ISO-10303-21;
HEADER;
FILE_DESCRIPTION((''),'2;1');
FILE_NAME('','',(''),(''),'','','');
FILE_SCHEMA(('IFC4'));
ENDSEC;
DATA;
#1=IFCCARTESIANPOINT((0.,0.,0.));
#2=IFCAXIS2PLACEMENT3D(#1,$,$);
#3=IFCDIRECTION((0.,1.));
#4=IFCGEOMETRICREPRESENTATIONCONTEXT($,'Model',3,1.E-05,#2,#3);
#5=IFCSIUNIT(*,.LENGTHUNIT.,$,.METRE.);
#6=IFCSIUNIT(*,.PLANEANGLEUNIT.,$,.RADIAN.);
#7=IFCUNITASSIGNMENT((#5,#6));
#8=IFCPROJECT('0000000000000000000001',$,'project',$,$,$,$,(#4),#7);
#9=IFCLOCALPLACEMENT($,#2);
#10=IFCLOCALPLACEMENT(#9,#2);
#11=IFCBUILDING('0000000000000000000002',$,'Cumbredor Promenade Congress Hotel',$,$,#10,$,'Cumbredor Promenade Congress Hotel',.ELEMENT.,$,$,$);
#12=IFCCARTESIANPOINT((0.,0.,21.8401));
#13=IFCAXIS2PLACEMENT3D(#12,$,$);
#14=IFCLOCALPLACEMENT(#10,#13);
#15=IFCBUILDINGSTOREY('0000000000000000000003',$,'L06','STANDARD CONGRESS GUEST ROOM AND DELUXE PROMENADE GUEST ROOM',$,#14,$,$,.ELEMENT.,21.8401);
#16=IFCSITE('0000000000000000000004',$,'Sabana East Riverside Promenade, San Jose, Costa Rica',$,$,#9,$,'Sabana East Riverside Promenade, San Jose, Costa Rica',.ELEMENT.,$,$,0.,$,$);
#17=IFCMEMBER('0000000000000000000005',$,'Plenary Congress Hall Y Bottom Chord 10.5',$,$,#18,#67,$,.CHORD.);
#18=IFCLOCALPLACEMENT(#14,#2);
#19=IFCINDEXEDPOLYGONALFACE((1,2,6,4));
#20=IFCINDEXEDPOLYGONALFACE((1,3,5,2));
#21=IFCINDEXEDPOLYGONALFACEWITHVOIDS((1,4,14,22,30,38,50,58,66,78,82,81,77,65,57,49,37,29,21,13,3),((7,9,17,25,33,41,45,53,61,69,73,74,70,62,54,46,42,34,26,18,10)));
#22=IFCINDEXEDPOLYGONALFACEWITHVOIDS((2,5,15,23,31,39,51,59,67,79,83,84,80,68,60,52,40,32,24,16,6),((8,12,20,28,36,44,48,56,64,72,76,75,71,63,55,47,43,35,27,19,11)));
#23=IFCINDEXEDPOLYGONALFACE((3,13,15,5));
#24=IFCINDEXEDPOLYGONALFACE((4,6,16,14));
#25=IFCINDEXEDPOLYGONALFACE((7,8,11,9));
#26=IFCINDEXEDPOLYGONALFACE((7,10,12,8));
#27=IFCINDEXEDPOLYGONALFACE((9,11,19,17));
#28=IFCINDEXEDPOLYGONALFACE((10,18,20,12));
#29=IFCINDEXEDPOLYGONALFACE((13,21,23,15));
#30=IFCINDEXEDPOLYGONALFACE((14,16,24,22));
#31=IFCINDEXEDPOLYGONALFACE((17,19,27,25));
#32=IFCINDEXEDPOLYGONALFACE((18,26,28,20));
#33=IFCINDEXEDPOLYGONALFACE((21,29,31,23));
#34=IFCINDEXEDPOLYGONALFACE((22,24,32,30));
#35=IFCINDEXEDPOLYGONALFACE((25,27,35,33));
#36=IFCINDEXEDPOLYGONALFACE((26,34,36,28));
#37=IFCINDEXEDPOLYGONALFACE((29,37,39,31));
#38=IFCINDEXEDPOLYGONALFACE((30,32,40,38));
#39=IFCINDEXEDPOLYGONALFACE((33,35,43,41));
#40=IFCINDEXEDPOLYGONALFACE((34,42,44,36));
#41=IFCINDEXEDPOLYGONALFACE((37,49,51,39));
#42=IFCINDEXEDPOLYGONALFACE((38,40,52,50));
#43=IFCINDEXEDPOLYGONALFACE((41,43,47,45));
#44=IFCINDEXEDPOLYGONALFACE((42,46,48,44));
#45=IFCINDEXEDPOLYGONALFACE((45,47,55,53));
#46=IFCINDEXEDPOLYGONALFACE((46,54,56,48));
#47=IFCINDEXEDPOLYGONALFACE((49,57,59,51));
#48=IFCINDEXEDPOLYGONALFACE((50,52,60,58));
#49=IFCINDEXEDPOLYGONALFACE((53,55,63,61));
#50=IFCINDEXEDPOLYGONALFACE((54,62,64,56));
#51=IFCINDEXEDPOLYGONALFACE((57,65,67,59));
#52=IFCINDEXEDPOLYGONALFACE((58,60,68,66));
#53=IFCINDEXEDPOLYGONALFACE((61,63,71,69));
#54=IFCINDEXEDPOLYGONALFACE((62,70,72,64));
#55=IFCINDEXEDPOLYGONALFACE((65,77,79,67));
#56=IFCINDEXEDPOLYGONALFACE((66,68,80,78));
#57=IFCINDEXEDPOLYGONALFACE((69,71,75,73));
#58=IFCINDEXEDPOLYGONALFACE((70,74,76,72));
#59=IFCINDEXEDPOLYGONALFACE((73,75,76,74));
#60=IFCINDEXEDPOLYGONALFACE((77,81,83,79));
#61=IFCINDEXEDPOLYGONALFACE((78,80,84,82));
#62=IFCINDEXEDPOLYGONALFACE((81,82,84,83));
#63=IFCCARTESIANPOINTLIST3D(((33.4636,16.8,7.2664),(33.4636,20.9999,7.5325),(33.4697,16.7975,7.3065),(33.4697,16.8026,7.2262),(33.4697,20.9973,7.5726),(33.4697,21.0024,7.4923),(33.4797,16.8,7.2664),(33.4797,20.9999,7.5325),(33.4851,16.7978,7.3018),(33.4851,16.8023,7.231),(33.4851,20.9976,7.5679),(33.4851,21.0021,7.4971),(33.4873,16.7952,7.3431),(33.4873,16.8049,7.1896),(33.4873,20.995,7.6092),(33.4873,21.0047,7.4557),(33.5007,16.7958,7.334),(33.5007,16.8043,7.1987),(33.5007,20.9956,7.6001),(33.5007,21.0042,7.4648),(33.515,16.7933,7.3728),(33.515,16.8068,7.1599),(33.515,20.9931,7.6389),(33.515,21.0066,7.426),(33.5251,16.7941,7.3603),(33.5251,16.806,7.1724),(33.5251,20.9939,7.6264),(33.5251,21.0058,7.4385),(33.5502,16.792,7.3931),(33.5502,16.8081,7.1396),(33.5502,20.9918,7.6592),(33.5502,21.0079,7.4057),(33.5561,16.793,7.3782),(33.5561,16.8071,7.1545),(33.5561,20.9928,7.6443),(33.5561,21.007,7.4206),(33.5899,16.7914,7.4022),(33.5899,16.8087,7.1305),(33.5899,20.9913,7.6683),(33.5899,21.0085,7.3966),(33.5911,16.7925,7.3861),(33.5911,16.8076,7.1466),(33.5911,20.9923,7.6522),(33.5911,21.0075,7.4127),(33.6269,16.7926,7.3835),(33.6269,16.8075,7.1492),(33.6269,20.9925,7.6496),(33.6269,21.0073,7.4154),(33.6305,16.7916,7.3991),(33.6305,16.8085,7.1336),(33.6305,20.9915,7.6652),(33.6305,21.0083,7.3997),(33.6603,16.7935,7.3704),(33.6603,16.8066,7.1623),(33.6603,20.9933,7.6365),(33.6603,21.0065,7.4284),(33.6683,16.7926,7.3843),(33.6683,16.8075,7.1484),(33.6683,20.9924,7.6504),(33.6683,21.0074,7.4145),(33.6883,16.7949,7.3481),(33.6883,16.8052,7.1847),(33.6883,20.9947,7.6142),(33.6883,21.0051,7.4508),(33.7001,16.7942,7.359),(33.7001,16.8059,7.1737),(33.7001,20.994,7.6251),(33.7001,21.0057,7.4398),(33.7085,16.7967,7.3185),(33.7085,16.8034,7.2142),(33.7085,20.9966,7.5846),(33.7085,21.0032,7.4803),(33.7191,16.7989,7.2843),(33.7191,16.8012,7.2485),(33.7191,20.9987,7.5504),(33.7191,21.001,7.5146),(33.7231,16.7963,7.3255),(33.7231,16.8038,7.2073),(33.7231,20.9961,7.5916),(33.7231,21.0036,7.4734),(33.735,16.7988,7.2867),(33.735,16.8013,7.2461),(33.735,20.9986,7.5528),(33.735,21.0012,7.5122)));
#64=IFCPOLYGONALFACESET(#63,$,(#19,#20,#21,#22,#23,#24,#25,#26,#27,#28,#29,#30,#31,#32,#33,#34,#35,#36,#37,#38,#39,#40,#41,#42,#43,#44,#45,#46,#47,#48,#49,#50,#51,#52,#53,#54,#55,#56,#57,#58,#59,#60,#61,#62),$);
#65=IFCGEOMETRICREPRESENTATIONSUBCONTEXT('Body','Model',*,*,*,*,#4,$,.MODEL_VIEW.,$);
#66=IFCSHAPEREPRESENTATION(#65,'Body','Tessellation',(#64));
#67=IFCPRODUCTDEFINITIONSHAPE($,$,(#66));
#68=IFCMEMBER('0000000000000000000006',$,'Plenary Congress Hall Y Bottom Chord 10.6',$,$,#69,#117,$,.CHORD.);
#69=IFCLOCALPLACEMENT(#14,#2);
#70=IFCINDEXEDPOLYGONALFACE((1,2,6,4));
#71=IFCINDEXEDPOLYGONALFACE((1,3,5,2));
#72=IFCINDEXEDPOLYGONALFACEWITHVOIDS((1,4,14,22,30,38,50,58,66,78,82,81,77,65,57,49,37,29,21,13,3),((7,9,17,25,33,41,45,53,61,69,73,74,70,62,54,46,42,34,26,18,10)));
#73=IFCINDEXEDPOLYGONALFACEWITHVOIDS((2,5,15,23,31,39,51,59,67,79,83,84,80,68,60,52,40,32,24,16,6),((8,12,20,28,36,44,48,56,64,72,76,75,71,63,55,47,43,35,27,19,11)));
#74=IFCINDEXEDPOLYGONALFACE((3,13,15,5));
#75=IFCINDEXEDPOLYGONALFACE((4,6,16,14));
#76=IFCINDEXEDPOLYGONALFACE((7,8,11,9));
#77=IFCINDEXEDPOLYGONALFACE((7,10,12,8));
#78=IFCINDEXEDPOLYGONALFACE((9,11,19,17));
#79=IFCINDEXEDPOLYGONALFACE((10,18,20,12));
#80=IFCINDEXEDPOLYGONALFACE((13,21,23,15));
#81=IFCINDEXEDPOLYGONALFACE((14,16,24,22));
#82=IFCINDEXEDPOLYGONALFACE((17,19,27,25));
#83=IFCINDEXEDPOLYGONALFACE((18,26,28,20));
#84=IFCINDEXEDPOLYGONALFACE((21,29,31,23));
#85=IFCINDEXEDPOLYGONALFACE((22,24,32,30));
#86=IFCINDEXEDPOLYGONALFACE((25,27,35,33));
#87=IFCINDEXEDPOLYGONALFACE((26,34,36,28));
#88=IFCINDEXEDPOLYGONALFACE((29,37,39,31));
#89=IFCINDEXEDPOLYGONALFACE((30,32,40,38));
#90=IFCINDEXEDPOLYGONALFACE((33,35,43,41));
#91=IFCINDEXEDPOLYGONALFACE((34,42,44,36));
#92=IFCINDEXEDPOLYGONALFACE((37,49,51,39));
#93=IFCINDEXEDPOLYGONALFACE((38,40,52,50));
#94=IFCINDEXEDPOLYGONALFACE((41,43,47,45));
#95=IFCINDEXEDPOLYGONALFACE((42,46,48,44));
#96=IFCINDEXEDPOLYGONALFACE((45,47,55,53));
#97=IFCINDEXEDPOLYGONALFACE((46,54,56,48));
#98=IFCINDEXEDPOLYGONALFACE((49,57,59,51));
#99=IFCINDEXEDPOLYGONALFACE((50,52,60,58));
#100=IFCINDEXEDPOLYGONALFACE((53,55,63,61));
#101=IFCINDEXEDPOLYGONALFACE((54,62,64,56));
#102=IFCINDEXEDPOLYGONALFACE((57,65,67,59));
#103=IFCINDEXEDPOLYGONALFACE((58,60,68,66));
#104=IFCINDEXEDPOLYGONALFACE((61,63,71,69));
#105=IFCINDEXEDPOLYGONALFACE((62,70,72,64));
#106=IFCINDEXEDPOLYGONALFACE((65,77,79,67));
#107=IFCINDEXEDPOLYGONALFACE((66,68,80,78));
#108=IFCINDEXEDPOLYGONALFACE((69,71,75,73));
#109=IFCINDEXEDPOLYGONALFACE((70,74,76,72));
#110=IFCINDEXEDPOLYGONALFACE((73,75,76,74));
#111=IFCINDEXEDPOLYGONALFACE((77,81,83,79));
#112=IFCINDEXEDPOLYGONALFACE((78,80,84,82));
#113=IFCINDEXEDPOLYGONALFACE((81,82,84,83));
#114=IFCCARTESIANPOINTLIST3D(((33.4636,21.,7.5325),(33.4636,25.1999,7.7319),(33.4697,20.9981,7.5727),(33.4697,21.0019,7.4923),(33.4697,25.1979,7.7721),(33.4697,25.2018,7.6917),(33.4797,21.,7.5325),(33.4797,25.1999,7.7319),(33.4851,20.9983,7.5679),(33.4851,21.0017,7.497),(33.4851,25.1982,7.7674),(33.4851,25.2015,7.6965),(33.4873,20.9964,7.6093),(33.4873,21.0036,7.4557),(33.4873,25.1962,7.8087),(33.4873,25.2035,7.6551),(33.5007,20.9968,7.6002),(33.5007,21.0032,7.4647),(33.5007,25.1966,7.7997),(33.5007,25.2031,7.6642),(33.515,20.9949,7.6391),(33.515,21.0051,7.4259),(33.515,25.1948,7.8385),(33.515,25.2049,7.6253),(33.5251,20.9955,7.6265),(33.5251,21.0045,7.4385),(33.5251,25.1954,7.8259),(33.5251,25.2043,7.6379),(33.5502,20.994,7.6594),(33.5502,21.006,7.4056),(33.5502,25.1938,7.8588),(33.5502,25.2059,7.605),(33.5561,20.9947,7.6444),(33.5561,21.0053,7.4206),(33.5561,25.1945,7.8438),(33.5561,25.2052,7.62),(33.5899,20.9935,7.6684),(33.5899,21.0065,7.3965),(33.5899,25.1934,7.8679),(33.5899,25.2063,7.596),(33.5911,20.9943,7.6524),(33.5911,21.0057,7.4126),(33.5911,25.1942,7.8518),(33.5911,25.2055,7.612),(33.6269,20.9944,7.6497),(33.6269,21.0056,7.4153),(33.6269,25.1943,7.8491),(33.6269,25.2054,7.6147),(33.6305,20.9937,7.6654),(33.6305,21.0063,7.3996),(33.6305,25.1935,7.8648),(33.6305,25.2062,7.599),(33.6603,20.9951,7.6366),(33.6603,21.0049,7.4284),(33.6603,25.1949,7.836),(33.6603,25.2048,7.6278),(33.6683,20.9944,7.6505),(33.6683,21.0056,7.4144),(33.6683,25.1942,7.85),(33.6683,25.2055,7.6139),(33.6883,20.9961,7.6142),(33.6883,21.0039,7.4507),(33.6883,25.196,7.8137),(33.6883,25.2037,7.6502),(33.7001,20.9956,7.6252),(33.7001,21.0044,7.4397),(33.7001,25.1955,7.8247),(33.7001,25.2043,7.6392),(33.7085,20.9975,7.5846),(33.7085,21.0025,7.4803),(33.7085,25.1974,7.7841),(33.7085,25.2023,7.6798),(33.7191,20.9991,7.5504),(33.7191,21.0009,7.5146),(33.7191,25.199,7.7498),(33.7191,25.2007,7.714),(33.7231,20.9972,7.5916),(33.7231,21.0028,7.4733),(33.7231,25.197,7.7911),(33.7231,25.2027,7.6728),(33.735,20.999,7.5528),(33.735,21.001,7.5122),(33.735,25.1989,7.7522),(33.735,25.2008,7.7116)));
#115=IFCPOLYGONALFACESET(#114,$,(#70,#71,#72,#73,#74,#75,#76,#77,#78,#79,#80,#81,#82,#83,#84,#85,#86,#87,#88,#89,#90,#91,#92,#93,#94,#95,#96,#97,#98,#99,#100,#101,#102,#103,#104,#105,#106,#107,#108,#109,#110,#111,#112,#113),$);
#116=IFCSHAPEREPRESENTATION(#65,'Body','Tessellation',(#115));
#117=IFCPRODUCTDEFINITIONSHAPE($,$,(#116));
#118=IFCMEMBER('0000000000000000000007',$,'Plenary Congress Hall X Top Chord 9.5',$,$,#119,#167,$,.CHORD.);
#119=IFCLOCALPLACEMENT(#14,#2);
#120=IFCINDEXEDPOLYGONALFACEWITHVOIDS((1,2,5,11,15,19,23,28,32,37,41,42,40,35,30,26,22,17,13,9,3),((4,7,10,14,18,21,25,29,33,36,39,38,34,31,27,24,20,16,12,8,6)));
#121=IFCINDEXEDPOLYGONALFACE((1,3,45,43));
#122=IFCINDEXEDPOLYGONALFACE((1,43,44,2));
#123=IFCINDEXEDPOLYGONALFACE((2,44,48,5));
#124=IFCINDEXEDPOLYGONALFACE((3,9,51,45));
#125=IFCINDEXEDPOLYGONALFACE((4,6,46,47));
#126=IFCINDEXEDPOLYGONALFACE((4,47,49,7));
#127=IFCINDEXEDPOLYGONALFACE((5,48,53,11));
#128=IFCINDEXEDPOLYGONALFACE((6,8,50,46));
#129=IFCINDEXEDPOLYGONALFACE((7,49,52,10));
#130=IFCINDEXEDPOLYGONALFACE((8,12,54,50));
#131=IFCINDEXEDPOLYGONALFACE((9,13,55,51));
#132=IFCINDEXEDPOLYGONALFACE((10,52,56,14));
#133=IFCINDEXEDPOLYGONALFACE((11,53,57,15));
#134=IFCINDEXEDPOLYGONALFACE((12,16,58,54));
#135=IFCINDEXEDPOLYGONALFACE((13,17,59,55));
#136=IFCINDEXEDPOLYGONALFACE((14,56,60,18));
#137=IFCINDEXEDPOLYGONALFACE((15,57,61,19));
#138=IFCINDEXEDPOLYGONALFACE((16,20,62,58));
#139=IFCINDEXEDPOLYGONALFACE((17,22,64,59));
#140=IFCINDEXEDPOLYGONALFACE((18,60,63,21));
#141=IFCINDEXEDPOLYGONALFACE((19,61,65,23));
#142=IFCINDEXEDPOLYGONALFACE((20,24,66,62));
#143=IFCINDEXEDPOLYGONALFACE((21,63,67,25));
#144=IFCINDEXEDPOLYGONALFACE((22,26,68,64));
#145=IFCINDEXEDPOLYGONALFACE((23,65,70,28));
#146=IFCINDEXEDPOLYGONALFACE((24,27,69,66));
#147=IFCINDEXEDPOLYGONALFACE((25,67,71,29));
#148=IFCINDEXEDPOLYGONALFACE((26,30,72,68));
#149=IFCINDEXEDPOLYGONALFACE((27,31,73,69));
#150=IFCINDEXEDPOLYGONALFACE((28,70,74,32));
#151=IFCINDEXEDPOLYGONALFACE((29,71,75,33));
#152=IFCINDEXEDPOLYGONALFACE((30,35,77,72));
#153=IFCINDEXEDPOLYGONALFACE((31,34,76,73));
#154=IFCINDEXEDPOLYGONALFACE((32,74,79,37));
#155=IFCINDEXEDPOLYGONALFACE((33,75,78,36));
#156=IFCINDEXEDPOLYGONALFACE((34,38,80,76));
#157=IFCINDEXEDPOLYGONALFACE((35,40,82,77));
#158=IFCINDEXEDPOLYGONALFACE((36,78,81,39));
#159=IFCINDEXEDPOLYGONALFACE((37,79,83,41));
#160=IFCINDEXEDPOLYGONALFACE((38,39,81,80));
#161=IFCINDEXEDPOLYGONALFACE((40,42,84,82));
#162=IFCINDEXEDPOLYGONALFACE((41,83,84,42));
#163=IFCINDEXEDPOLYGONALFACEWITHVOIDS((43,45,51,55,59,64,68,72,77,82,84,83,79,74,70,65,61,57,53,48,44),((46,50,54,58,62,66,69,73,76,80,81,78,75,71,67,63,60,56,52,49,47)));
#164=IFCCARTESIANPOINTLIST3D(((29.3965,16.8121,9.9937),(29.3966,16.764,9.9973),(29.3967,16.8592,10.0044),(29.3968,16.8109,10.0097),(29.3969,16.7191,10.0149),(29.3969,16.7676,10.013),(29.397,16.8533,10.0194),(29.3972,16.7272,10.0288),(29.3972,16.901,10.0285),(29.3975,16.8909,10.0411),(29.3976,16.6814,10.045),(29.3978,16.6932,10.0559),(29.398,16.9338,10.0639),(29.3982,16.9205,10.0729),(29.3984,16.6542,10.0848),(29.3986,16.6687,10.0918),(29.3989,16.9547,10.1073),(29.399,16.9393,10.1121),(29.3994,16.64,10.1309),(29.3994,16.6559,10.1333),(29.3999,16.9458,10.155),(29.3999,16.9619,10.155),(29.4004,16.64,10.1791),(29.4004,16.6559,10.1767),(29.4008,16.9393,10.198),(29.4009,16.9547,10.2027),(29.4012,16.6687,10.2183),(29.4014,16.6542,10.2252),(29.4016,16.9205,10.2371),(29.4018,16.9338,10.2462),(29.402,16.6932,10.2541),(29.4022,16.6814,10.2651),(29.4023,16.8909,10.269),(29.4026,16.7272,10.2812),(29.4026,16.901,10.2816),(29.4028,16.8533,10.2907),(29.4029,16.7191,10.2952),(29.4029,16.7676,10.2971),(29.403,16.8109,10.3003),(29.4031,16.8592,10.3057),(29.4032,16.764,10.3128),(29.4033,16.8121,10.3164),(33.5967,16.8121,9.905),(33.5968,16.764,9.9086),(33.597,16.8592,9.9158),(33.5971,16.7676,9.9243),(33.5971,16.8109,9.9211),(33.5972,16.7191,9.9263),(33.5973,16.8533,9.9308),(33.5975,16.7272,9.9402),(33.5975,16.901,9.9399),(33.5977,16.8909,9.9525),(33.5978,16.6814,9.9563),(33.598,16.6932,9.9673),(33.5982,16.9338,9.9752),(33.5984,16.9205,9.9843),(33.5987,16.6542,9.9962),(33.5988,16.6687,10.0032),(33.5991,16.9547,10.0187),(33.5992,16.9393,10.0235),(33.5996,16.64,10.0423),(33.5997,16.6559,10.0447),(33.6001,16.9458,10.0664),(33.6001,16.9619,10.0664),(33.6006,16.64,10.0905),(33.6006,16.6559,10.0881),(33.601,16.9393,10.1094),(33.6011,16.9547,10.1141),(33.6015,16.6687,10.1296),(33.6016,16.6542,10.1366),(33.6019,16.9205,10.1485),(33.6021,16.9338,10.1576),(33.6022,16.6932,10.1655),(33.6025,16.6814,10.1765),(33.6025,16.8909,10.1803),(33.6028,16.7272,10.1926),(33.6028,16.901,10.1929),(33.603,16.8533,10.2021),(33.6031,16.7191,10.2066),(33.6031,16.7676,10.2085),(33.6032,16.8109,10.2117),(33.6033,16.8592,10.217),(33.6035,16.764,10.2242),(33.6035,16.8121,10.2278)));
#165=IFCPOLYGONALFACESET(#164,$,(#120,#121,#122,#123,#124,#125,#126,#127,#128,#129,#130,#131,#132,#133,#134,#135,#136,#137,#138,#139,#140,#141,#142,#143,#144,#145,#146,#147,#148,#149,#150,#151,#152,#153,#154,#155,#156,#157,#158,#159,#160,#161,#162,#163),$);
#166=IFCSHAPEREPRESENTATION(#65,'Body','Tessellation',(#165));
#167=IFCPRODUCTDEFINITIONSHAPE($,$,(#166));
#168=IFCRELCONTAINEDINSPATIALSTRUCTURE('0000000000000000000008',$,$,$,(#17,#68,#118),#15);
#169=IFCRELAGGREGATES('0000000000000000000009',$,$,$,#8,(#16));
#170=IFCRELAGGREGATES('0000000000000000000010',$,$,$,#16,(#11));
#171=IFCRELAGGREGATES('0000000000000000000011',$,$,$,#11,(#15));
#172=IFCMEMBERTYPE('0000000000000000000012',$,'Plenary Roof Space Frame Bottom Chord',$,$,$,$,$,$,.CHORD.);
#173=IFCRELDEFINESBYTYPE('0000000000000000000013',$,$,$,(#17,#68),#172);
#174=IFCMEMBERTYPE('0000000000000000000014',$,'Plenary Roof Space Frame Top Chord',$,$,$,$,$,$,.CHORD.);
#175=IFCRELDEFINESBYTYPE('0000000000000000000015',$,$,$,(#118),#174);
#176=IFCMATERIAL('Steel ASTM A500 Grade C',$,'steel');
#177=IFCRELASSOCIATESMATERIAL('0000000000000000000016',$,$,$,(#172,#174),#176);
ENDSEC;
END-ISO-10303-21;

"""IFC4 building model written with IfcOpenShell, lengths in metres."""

from ifc_helpers import new_model, si_unit, direction, frame, origin, origin_2d, place, context, subcontext, project, spatial, hollow_circle, extrude, material, material_profile, profile_set, type_object, element, save


model = new_model("IFC4")

# Units and contexts
model_context = context("Model", 3, precision=1e-05, world=origin(), true_north=direction((0.0, 1.0)))
body_context = subcontext(model_context, "Body", "Model", "MODEL_VIEW")
ifc_project = project(units=[si_unit("LENGTHUNIT", "METRE"), si_unit("PLANEANGLEUNIT", "RADIAN")], contexts=[model_context])

# Site, building, storey
site_placement = place(None, origin())
site = spatial("IfcSite", under=ifc_project, at=site_placement, Name="Sabana East Riverside Promenade, San Jose, Costa Rica", LongName="Sabana East Riverside Promenade, San Jose, Costa Rica", CompositionType="ELEMENT", RefElevation=0.0)
building_placement = place(site_placement, origin())
building = spatial("IfcBuilding", under=site, at=building_placement, Name="Cumbredor Promenade Congress Hotel", LongName="Cumbredor Promenade Congress Hotel", CompositionType="ELEMENT")
storey_placement = place(building_placement, frame((0.0, 0.0, 21.8401)))
storey = spatial("IfcBuildingStorey", under=building, at=storey_placement, Name="L06", Description="STANDARD CONGRESS GUEST ROOM AND DELUXE PROMENADE GUEST ROOM", CompositionType="ELEMENT", Elevation=21.8401)

# Members
ifc_material_1 = material(Name="Steel ASTM A500 Grade C", Category="steel")
ifc_material_profile_1 = material_profile(ifc_material_1, hollow_circle(Radius=0.1365, WallThickness=0.0161, at=origin_2d()), Name="CHS 273.0x16")
ifc_profile_set_1 = profile_set([ifc_material_profile_1], Name="Steel ASTM A500 Grade C")
member_type_1 = type_object("IfcMemberType", Name="Plenary Roof Space Frame Bottom Chord", PredefinedType="CHORD", material=ifc_profile_set_1)
member_1_placement = place(storey_placement, frame((33.6001, 16.8, 7.2664), z_axis=(0.0, 0.997999, 0.063234), x_axis=(-1.0, 0.0, 0.0)))
element("IfcMember", 1, at=member_1_placement, inside=storey, type_object=member_type_1, Name="Plenary Congress Hall Y Bottom Chord 10.5", PredefinedType="CHORD", context=body_context, shape_type="SweptSolid", body=[
    extrude(hollow_circle(Radius=0.1365, WallThickness=0.0161, at=origin_2d()), origin(), (0.0, 0.0, 1.0), 4.2083),
])
member_2_placement = place(storey_placement, frame((33.6001, 21.0, 7.5325), z_axis=(0.0, 0.998874, 0.047438), x_axis=(-1.0, 0.0, 0.0)))
element("IfcMember", 2, at=member_2_placement, inside=storey, type_object=member_type_1, Name="Plenary Congress Hall Y Bottom Chord 10.6", PredefinedType="CHORD", context=body_context, shape_type="SweptSolid", body=[
    extrude(hollow_circle(Radius=0.1365, WallThickness=0.0161, at=origin_2d()), origin(), (0.0, 0.0, 1.0), 4.2046),
])
ifc_material_profile_2 = material_profile(ifc_material_1, hollow_circle(Radius=0.1619, WallThickness=0.0161, at=origin_2d()), Name="CHS 323.9x16")
ifc_profile_set_2 = profile_set([ifc_material_profile_2], Name="Steel ASTM A500 Grade C")
member_type_2 = type_object("IfcMemberType", Name="Plenary Roof Space Frame Top Chord", PredefinedType="CHORD", material=ifc_profile_set_2)
member_3_placement = place(storey_placement, frame((29.3999, 16.8, 10.155), z_axis=(0.999777, 0.0, -0.021095), x_axis=(0.0, 1.0, 0.0)))
element("IfcMember", 3, at=member_3_placement, inside=storey, type_object=member_type_2, Name="Plenary Congress Hall X Top Chord 9.5", PredefinedType="CHORD", context=body_context, shape_type="SweptSolid", body=[
    extrude(hollow_circle(Radius=0.1619, WallThickness=0.0161, at=origin_2d()), origin(), (0.0, 0.0, 1.0), 4.2012),
])

save(model, "model.ifc")
